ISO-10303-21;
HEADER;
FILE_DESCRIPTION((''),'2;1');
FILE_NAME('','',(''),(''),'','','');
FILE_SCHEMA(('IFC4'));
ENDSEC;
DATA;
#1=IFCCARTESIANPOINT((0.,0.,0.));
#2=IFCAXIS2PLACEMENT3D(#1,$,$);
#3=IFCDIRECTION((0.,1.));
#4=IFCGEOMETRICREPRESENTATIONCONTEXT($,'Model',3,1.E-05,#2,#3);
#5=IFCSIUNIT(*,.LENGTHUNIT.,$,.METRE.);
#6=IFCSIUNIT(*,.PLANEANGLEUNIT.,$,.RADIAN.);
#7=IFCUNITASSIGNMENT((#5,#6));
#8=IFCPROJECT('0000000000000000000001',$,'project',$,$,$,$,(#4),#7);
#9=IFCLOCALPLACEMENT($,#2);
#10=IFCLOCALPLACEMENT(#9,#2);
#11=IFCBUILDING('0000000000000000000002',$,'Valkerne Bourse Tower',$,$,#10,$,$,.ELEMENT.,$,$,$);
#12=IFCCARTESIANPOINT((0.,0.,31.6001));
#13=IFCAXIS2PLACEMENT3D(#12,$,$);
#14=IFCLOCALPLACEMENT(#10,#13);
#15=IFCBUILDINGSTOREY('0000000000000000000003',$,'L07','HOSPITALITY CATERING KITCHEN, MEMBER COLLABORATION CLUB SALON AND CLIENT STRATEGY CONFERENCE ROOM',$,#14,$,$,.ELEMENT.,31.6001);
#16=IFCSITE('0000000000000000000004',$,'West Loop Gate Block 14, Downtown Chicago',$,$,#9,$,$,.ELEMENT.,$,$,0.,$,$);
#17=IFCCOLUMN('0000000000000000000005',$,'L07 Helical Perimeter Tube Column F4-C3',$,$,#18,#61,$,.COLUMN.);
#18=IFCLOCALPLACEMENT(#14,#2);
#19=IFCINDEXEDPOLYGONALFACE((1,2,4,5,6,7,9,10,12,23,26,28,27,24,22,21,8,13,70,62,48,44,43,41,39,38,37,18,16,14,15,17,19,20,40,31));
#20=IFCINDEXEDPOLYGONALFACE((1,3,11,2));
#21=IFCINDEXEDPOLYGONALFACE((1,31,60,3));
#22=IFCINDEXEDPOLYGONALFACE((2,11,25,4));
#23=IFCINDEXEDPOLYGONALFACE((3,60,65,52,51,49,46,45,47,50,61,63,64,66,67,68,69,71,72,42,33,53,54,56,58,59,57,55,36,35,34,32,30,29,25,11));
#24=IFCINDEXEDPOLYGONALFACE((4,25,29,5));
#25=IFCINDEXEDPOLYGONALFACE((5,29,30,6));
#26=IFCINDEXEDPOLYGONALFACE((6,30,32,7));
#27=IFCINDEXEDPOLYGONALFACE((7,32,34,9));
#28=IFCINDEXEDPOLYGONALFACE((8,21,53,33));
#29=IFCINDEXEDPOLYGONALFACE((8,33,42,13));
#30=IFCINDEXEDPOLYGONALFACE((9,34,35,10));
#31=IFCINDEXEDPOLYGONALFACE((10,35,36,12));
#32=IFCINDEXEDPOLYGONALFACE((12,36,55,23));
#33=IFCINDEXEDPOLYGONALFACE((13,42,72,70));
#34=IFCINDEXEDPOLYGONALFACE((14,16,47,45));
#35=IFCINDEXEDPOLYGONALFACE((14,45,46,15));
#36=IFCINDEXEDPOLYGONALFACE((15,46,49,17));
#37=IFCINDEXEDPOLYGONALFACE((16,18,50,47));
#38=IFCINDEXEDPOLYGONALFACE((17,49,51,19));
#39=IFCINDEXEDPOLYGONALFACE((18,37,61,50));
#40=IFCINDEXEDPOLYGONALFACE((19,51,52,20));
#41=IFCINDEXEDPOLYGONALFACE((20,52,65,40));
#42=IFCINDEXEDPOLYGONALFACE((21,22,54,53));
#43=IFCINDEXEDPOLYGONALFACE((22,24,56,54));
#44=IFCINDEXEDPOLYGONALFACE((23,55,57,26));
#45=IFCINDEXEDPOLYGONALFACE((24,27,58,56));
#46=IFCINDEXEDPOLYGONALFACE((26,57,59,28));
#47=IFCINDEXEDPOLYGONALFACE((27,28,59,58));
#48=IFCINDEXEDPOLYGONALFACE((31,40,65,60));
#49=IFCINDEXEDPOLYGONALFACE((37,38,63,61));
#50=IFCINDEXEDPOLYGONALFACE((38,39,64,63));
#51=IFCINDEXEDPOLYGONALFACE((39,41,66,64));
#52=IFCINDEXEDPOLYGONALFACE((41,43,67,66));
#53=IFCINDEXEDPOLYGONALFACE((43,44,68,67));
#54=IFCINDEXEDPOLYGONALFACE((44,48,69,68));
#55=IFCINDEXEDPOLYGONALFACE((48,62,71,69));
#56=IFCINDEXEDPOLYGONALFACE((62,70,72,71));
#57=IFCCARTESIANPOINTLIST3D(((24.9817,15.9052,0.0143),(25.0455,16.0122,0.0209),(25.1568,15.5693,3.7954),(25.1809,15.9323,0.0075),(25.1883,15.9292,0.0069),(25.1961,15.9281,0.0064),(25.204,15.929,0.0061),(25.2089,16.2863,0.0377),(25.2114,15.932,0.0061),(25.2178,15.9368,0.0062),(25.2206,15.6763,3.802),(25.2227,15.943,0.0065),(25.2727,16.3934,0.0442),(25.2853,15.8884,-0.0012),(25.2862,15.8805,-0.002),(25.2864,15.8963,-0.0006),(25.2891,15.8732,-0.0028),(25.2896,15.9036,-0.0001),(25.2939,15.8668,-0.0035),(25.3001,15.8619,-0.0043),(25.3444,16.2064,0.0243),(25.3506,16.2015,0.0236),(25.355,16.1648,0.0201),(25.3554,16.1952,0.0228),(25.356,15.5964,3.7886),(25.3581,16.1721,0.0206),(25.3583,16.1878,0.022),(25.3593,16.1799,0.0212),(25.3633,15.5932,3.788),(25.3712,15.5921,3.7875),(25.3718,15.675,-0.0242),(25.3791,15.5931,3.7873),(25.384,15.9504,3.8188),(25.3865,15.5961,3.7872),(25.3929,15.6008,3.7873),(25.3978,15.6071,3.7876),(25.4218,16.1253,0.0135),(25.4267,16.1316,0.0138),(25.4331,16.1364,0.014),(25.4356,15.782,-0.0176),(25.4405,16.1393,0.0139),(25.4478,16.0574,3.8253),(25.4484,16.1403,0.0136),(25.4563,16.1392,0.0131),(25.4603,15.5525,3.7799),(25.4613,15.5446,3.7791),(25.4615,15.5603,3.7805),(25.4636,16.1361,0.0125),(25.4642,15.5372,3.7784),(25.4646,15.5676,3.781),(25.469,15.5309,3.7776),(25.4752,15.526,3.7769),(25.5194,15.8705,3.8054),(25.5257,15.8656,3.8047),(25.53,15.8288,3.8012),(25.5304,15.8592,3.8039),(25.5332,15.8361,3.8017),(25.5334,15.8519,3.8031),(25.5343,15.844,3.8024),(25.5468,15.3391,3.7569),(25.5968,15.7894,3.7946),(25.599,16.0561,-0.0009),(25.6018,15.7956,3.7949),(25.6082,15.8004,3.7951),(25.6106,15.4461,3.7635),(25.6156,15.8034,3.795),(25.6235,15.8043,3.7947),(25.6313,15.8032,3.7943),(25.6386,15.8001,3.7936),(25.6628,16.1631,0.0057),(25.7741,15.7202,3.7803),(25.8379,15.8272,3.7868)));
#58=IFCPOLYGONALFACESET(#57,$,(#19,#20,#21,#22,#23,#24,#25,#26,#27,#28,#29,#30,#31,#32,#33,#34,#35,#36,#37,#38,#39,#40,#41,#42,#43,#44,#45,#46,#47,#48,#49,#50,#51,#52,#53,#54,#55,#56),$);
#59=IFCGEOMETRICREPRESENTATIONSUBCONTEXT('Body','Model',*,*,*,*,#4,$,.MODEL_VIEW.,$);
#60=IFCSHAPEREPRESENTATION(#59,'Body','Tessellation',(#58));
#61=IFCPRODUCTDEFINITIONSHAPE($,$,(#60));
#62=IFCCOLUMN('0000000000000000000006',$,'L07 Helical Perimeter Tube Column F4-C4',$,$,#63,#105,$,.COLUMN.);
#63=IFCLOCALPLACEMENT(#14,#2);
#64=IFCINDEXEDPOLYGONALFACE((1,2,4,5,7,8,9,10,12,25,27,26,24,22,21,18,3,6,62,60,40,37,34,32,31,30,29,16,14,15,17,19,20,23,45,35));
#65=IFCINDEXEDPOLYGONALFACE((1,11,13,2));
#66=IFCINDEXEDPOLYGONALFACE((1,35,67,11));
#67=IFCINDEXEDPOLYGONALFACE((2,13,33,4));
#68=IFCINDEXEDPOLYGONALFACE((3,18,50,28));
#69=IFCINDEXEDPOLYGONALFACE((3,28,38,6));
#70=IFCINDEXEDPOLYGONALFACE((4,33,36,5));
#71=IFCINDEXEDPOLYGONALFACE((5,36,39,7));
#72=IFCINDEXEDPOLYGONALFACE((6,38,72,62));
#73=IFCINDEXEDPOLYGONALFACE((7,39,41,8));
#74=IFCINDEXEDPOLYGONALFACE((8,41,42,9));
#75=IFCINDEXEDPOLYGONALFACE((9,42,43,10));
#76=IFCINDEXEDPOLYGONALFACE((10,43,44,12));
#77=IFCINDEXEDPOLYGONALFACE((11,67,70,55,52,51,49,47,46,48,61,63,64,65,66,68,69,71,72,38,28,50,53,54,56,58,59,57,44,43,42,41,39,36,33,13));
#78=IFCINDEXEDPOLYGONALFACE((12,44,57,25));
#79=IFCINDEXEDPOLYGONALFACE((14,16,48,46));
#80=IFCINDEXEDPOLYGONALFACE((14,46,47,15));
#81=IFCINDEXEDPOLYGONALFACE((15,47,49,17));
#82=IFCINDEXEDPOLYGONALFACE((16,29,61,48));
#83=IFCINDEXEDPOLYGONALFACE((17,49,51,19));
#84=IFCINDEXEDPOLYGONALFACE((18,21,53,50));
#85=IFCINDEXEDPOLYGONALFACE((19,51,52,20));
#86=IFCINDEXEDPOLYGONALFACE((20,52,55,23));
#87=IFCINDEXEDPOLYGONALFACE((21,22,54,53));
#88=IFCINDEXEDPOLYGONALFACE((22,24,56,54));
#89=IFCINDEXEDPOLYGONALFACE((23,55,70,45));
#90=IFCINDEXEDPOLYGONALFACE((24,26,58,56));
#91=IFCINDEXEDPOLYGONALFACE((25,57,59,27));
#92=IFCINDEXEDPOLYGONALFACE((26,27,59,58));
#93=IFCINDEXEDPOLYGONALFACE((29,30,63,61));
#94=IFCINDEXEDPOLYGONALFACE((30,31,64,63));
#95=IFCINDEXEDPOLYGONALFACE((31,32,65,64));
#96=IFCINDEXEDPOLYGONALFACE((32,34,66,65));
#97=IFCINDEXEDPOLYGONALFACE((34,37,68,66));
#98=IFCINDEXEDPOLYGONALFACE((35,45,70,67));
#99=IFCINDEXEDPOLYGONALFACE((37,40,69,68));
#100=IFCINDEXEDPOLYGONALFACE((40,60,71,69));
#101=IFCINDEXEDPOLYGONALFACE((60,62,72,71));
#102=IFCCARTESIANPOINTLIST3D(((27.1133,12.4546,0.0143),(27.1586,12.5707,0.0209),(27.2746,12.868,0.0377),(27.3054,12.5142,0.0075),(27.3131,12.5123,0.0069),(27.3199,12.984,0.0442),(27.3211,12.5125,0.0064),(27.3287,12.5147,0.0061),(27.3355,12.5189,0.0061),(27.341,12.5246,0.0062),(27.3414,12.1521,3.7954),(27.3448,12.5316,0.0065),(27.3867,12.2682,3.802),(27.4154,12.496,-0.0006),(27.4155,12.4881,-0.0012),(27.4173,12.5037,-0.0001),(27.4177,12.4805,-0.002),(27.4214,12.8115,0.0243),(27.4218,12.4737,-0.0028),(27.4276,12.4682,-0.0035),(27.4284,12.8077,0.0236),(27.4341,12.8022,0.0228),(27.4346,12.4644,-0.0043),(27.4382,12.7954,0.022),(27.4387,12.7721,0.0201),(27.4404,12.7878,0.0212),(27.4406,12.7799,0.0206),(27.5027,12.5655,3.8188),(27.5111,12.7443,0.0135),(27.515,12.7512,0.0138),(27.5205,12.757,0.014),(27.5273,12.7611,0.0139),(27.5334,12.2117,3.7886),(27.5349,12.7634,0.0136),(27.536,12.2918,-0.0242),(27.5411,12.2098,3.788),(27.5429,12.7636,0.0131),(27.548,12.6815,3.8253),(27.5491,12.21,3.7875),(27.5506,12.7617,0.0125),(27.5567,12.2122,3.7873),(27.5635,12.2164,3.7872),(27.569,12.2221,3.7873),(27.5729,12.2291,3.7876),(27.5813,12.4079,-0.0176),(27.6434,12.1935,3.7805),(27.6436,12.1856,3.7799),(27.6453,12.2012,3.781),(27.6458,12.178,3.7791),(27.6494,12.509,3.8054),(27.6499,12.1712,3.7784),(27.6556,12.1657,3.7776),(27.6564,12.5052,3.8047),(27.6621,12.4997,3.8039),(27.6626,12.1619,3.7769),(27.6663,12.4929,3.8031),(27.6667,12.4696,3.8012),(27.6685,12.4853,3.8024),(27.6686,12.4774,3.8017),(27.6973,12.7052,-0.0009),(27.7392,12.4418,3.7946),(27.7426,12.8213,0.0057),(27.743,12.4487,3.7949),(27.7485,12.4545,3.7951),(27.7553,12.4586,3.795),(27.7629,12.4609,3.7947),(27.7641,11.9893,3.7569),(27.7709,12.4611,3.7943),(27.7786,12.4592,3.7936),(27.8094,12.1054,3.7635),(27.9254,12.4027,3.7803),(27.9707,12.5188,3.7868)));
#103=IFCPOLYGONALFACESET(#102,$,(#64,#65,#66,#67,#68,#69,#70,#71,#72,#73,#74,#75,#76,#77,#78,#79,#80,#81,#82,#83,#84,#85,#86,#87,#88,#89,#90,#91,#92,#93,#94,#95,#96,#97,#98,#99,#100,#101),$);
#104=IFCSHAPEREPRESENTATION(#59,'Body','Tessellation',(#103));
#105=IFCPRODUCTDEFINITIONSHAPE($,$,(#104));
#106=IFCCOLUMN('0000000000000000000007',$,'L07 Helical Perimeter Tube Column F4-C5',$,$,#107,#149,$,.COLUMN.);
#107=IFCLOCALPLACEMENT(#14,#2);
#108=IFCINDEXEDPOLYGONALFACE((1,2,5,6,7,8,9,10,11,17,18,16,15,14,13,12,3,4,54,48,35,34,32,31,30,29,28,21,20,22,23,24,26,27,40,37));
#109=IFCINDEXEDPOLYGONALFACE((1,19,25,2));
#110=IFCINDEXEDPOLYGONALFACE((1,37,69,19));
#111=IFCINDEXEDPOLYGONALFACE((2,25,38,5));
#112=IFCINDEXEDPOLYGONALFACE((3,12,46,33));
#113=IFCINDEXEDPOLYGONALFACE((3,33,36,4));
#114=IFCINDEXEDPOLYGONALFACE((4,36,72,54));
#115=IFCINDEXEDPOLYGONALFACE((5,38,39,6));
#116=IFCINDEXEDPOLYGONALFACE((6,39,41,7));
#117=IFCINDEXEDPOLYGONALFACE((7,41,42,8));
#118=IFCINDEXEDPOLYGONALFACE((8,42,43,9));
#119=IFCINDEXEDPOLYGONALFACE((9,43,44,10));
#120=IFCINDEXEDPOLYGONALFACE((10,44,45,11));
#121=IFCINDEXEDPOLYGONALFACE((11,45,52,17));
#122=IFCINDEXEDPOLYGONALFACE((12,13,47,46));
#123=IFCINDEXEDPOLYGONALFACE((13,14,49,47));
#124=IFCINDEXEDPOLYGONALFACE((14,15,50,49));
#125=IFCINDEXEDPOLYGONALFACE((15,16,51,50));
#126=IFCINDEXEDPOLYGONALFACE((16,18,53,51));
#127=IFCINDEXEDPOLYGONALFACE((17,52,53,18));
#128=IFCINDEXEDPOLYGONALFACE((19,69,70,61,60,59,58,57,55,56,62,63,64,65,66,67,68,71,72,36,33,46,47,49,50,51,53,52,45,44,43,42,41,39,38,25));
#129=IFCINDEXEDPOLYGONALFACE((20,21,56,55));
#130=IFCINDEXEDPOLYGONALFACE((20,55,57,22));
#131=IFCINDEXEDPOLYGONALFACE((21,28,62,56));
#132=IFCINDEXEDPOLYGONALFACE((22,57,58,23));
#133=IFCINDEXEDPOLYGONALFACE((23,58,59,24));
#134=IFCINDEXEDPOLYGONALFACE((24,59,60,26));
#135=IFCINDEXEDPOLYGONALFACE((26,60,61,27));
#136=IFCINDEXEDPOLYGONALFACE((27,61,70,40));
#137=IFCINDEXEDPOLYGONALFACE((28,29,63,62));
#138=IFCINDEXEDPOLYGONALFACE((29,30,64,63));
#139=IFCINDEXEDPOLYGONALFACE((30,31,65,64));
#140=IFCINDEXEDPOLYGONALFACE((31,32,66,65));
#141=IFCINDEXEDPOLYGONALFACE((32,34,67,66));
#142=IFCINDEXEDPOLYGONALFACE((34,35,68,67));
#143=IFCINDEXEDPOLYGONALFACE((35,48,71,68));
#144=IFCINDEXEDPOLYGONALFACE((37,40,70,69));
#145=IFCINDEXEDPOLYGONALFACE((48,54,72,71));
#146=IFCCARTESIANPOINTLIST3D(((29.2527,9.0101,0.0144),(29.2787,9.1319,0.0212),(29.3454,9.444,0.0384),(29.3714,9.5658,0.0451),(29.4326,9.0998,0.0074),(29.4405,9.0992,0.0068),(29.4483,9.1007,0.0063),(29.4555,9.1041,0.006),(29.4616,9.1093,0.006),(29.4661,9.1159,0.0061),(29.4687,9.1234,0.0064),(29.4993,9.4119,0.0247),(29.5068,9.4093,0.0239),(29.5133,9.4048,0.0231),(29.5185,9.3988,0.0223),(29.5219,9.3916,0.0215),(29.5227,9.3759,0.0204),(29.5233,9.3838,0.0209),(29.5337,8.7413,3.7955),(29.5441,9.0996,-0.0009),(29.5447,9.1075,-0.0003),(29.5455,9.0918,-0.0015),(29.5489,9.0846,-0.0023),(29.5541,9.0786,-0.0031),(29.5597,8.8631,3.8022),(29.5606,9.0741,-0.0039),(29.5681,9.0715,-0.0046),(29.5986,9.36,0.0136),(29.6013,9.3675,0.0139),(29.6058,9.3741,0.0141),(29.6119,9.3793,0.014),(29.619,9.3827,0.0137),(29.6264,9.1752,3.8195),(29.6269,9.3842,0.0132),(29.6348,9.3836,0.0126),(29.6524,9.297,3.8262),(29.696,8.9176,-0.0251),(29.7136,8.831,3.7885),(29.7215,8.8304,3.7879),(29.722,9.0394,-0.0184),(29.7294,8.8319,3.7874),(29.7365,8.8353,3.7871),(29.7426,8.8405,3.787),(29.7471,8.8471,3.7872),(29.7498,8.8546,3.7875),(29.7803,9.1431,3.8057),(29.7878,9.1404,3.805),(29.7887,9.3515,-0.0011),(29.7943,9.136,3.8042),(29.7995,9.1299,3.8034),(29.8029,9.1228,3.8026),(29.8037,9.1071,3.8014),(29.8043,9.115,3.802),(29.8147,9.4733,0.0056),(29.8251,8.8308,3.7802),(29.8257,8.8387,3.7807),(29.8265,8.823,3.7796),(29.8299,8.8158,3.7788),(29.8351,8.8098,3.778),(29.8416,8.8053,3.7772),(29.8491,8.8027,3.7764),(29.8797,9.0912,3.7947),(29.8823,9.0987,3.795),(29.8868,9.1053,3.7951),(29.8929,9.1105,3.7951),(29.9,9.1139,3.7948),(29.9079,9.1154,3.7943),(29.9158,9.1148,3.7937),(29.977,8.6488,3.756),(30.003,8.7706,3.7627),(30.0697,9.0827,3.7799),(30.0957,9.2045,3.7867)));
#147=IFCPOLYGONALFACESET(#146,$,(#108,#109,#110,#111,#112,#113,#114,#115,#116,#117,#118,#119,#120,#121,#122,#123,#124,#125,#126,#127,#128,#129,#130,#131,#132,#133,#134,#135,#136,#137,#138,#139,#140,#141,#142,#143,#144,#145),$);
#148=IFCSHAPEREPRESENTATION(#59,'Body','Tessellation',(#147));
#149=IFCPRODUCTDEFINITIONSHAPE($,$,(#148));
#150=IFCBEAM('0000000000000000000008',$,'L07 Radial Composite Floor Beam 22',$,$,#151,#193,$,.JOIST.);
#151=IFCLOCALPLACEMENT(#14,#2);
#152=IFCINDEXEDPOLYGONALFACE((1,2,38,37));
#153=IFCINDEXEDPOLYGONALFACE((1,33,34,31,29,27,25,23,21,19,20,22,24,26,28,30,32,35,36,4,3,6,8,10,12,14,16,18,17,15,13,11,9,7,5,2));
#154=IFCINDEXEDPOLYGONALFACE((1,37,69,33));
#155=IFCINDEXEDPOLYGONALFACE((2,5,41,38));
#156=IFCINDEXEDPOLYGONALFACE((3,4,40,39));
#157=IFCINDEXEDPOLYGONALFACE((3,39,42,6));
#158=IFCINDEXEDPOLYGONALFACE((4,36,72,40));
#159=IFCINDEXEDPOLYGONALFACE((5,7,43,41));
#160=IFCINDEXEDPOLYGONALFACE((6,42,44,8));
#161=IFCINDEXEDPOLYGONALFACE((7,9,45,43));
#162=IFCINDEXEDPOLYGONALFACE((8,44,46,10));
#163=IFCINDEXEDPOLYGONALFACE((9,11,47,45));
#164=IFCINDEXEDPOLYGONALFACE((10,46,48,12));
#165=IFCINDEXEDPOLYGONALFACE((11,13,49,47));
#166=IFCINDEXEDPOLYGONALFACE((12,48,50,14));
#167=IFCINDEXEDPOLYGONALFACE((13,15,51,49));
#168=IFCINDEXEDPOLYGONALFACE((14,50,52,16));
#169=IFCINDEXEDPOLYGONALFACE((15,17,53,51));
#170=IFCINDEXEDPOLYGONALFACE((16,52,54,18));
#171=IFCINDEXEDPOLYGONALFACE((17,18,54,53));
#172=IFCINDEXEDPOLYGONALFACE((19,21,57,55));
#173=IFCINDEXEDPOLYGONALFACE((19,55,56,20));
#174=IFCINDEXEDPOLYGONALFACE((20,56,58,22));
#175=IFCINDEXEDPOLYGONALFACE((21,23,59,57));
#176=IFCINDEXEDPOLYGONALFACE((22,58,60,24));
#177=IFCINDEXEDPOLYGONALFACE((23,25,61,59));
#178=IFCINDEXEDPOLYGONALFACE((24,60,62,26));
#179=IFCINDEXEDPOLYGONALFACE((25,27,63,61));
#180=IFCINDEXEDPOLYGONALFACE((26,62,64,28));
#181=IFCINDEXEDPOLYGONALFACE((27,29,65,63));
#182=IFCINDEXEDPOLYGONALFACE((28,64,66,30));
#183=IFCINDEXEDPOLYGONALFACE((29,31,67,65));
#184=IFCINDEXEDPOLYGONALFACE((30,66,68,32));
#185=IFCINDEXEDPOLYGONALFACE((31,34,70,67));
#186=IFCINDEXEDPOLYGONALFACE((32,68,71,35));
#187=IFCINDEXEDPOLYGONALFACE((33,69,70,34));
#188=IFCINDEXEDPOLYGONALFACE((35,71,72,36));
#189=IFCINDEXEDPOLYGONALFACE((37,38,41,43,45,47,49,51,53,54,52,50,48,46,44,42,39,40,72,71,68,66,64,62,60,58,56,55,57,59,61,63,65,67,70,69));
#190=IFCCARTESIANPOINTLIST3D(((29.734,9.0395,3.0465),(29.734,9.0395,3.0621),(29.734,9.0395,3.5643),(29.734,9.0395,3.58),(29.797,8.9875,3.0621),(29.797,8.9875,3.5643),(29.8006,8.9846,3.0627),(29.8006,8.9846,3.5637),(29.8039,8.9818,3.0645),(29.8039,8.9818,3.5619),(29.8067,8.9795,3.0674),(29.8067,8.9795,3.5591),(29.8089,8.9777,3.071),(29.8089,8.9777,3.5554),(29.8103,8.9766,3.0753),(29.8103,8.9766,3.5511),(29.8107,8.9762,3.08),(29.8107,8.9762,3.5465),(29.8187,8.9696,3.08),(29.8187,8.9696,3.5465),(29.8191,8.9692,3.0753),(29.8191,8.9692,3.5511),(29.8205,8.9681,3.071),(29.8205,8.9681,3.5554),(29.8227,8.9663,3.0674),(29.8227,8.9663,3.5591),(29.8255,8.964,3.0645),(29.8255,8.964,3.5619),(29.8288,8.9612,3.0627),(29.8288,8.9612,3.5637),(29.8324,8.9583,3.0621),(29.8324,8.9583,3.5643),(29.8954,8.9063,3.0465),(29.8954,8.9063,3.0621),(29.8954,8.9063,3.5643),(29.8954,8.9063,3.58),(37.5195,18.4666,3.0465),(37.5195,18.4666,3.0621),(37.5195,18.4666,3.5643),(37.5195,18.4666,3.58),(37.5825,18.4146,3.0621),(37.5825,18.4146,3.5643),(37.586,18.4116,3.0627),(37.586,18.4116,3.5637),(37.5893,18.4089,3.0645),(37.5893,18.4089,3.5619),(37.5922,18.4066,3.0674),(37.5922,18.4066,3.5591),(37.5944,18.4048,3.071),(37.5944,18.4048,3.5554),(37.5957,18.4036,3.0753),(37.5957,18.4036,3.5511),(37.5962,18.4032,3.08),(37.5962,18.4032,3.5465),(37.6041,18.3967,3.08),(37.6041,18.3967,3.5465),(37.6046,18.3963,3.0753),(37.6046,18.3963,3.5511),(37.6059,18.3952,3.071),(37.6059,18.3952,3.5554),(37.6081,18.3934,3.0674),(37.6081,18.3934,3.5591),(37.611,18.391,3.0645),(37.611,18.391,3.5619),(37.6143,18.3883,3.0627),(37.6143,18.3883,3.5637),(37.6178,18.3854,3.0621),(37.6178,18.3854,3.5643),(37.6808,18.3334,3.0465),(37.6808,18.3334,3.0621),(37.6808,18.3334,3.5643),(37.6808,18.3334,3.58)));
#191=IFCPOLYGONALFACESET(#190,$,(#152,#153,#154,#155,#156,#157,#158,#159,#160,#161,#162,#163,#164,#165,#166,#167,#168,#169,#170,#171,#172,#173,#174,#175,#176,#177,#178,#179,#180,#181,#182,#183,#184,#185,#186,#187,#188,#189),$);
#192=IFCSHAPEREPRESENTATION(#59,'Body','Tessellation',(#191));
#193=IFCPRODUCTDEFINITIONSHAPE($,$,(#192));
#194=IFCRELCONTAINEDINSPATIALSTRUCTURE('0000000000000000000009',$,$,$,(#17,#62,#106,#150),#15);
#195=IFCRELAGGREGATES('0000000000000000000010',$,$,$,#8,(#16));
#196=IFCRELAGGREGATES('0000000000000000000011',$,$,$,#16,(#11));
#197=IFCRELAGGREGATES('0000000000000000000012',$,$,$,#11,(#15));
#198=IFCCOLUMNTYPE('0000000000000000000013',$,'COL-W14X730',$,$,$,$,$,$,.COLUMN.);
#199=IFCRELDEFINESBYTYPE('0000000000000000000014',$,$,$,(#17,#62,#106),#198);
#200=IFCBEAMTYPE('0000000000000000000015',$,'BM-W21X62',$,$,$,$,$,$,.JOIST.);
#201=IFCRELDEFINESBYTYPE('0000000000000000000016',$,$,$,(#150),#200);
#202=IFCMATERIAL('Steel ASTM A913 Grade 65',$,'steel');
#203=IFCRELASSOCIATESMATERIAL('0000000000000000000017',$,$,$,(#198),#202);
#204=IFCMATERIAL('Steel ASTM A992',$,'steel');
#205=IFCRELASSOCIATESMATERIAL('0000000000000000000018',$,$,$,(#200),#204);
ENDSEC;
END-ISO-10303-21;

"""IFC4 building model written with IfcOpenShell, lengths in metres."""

from ifc_helpers import new_model, si_unit, direction, frame, origin, origin_2d, place, context, subcontext, project, spatial, i_section, extrude, material, material_profile, profile_set, type_object, element, save


model = new_model("IFC4")

# Units and contexts
model_context = context("Model", 3, precision=1e-05, world=origin(), true_north=direction((0.0, 1.0)))
body_context = subcontext(model_context, "Body", "Model", "MODEL_VIEW")
ifc_project = project(units=[si_unit("LENGTHUNIT", "METRE"), si_unit("PLANEANGLEUNIT", "RADIAN")], contexts=[model_context])

# Site, building, storey
site_placement = place(None, origin())
site = spatial("IfcSite", under=ifc_project, at=site_placement, Name="West Loop Gate Block 14, Downtown Chicago", CompositionType="ELEMENT", RefElevation=0.0)
building_placement = place(site_placement, origin())
building = spatial("IfcBuilding", under=site, at=building_placement, Name="Valkerne Bourse Tower", CompositionType="ELEMENT")
storey_placement = place(building_placement, frame((0.0, 0.0, 31.6001)))
storey = spatial("IfcBuildingStorey", under=building, at=storey_placement, Name="L07", Description="HOSPITALITY CATERING KITCHEN, MEMBER COLLABORATION CLUB SALON AND CLIENT STRATEGY CONFERENCE ROOM", CompositionType="ELEMENT", Elevation=31.6001)

# Columns
ifc_material_1 = material(Name="Steel ASTM A913 Grade 65", Category="steel")
ifc_material_profile_1 = material_profile(ifc_material_1, i_section(OverallWidth=0.4546, OverallDepth=0.5691, WebThickness=0.0779, FlangeThickness=0.1248, FilletRadius=0.0305, at=origin_2d()), Name="W14X730")
ifc_profile_set_1 = profile_set([ifc_material_profile_1], Name="Steel ASTM A913 Grade 65")
column_type = type_object("IfcColumnType", Name="COL-W14X730", PredefinedType="COLUMN", material=ifc_profile_set_1)
for number, where, z_axis, x_axis, name in (
    (1, (25.3223, 16.0342, 0.01), (0.046066, -0.088406, 0.995019), (0.8581, -0.506444, -0.084724), "L07 Helical Perimeter Tube Column F4-C3"),
    (2, (27.428, 12.6379, 0.01), (0.060008, -0.079604, 0.995019), (0.92984, -0.358078, -0.084725), "L07 Helical Perimeter Tube Column F4-C4"),
):
    element("IfcColumn", number, at=place(storey_placement, frame(where, z_axis=z_axis, x_axis=x_axis)), inside=storey, type_object=column_type, Name=name, PredefinedType="COLUMN", context=body_context, shape_type="SweptSolid", body=[
        extrude(i_section(OverallWidth=0.4546, OverallDepth=0.5691, WebThickness=0.0779, FlangeThickness=0.1248, FilletRadius=0.0305, at=origin_2d()), origin(), (0.0, 0.0, 1.0), 3.8),
    ])
column_placement = place(storey_placement, frame((29.5337, 9.2417, 0.01), z_axis=(0.07393, -0.070719, 0.994753), x_axis=(0.975185, -0.203601, -0.086951)))
element("IfcColumn", 3, at=column_placement, inside=storey, type_object=column_type, Name="L07 Helical Perimeter Tube Column F4-C5", PredefinedType="COLUMN", context=body_context, shape_type="SweptSolid", body=[
    extrude(i_section(OverallWidth=0.4546, OverallDepth=0.5691, WebThickness=0.0779, FlangeThickness=0.1248, FilletRadius=0.0305, at=origin_2d()), origin(), (0.0, 0.0, 1.0), 3.801),
])

# Beam
ifc_material_2 = material(Name="Steel ASTM A992", Category="steel")
ifc_material_profile_2 = material_profile(ifc_material_2, i_section(OverallWidth=0.2092, OverallDepth=0.5334, WebThickness=0.0103, FlangeThickness=0.0156, FilletRadius=0.0178, at=origin_2d()), Name="W21X62")
ifc_profile_set_2 = profile_set([ifc_material_profile_2], Name="Steel ASTM A992")
beam_type_1 = type_object("IfcBeamType", Name="BM-W21X62", PredefinedType="JOIST", material=ifc_profile_set_2)
beam_1_placement = place(storey_placement, frame((29.8147, 8.9729, 3.3132), z_axis=(0.636778, 0.771047, 0.0), x_axis=(-0.771047, 0.636778, 0.0)))
element("IfcBeam", 4, at=beam_1_placement, inside=storey, type_object=beam_type_1, Name="L07 Radial Composite Floor Beam 22", PredefinedType="JOIST", context=body_context, shape_type="SweptSolid", body=[
    extrude(i_section(OverallWidth=0.2092, OverallDepth=0.5334, WebThickness=0.0103, FlangeThickness=0.0156, FilletRadius=0.0178, at=origin_2d()), origin(), (0.0, 0.0, 1.0), 12.2263),
])

save(model, "model.ifc")
